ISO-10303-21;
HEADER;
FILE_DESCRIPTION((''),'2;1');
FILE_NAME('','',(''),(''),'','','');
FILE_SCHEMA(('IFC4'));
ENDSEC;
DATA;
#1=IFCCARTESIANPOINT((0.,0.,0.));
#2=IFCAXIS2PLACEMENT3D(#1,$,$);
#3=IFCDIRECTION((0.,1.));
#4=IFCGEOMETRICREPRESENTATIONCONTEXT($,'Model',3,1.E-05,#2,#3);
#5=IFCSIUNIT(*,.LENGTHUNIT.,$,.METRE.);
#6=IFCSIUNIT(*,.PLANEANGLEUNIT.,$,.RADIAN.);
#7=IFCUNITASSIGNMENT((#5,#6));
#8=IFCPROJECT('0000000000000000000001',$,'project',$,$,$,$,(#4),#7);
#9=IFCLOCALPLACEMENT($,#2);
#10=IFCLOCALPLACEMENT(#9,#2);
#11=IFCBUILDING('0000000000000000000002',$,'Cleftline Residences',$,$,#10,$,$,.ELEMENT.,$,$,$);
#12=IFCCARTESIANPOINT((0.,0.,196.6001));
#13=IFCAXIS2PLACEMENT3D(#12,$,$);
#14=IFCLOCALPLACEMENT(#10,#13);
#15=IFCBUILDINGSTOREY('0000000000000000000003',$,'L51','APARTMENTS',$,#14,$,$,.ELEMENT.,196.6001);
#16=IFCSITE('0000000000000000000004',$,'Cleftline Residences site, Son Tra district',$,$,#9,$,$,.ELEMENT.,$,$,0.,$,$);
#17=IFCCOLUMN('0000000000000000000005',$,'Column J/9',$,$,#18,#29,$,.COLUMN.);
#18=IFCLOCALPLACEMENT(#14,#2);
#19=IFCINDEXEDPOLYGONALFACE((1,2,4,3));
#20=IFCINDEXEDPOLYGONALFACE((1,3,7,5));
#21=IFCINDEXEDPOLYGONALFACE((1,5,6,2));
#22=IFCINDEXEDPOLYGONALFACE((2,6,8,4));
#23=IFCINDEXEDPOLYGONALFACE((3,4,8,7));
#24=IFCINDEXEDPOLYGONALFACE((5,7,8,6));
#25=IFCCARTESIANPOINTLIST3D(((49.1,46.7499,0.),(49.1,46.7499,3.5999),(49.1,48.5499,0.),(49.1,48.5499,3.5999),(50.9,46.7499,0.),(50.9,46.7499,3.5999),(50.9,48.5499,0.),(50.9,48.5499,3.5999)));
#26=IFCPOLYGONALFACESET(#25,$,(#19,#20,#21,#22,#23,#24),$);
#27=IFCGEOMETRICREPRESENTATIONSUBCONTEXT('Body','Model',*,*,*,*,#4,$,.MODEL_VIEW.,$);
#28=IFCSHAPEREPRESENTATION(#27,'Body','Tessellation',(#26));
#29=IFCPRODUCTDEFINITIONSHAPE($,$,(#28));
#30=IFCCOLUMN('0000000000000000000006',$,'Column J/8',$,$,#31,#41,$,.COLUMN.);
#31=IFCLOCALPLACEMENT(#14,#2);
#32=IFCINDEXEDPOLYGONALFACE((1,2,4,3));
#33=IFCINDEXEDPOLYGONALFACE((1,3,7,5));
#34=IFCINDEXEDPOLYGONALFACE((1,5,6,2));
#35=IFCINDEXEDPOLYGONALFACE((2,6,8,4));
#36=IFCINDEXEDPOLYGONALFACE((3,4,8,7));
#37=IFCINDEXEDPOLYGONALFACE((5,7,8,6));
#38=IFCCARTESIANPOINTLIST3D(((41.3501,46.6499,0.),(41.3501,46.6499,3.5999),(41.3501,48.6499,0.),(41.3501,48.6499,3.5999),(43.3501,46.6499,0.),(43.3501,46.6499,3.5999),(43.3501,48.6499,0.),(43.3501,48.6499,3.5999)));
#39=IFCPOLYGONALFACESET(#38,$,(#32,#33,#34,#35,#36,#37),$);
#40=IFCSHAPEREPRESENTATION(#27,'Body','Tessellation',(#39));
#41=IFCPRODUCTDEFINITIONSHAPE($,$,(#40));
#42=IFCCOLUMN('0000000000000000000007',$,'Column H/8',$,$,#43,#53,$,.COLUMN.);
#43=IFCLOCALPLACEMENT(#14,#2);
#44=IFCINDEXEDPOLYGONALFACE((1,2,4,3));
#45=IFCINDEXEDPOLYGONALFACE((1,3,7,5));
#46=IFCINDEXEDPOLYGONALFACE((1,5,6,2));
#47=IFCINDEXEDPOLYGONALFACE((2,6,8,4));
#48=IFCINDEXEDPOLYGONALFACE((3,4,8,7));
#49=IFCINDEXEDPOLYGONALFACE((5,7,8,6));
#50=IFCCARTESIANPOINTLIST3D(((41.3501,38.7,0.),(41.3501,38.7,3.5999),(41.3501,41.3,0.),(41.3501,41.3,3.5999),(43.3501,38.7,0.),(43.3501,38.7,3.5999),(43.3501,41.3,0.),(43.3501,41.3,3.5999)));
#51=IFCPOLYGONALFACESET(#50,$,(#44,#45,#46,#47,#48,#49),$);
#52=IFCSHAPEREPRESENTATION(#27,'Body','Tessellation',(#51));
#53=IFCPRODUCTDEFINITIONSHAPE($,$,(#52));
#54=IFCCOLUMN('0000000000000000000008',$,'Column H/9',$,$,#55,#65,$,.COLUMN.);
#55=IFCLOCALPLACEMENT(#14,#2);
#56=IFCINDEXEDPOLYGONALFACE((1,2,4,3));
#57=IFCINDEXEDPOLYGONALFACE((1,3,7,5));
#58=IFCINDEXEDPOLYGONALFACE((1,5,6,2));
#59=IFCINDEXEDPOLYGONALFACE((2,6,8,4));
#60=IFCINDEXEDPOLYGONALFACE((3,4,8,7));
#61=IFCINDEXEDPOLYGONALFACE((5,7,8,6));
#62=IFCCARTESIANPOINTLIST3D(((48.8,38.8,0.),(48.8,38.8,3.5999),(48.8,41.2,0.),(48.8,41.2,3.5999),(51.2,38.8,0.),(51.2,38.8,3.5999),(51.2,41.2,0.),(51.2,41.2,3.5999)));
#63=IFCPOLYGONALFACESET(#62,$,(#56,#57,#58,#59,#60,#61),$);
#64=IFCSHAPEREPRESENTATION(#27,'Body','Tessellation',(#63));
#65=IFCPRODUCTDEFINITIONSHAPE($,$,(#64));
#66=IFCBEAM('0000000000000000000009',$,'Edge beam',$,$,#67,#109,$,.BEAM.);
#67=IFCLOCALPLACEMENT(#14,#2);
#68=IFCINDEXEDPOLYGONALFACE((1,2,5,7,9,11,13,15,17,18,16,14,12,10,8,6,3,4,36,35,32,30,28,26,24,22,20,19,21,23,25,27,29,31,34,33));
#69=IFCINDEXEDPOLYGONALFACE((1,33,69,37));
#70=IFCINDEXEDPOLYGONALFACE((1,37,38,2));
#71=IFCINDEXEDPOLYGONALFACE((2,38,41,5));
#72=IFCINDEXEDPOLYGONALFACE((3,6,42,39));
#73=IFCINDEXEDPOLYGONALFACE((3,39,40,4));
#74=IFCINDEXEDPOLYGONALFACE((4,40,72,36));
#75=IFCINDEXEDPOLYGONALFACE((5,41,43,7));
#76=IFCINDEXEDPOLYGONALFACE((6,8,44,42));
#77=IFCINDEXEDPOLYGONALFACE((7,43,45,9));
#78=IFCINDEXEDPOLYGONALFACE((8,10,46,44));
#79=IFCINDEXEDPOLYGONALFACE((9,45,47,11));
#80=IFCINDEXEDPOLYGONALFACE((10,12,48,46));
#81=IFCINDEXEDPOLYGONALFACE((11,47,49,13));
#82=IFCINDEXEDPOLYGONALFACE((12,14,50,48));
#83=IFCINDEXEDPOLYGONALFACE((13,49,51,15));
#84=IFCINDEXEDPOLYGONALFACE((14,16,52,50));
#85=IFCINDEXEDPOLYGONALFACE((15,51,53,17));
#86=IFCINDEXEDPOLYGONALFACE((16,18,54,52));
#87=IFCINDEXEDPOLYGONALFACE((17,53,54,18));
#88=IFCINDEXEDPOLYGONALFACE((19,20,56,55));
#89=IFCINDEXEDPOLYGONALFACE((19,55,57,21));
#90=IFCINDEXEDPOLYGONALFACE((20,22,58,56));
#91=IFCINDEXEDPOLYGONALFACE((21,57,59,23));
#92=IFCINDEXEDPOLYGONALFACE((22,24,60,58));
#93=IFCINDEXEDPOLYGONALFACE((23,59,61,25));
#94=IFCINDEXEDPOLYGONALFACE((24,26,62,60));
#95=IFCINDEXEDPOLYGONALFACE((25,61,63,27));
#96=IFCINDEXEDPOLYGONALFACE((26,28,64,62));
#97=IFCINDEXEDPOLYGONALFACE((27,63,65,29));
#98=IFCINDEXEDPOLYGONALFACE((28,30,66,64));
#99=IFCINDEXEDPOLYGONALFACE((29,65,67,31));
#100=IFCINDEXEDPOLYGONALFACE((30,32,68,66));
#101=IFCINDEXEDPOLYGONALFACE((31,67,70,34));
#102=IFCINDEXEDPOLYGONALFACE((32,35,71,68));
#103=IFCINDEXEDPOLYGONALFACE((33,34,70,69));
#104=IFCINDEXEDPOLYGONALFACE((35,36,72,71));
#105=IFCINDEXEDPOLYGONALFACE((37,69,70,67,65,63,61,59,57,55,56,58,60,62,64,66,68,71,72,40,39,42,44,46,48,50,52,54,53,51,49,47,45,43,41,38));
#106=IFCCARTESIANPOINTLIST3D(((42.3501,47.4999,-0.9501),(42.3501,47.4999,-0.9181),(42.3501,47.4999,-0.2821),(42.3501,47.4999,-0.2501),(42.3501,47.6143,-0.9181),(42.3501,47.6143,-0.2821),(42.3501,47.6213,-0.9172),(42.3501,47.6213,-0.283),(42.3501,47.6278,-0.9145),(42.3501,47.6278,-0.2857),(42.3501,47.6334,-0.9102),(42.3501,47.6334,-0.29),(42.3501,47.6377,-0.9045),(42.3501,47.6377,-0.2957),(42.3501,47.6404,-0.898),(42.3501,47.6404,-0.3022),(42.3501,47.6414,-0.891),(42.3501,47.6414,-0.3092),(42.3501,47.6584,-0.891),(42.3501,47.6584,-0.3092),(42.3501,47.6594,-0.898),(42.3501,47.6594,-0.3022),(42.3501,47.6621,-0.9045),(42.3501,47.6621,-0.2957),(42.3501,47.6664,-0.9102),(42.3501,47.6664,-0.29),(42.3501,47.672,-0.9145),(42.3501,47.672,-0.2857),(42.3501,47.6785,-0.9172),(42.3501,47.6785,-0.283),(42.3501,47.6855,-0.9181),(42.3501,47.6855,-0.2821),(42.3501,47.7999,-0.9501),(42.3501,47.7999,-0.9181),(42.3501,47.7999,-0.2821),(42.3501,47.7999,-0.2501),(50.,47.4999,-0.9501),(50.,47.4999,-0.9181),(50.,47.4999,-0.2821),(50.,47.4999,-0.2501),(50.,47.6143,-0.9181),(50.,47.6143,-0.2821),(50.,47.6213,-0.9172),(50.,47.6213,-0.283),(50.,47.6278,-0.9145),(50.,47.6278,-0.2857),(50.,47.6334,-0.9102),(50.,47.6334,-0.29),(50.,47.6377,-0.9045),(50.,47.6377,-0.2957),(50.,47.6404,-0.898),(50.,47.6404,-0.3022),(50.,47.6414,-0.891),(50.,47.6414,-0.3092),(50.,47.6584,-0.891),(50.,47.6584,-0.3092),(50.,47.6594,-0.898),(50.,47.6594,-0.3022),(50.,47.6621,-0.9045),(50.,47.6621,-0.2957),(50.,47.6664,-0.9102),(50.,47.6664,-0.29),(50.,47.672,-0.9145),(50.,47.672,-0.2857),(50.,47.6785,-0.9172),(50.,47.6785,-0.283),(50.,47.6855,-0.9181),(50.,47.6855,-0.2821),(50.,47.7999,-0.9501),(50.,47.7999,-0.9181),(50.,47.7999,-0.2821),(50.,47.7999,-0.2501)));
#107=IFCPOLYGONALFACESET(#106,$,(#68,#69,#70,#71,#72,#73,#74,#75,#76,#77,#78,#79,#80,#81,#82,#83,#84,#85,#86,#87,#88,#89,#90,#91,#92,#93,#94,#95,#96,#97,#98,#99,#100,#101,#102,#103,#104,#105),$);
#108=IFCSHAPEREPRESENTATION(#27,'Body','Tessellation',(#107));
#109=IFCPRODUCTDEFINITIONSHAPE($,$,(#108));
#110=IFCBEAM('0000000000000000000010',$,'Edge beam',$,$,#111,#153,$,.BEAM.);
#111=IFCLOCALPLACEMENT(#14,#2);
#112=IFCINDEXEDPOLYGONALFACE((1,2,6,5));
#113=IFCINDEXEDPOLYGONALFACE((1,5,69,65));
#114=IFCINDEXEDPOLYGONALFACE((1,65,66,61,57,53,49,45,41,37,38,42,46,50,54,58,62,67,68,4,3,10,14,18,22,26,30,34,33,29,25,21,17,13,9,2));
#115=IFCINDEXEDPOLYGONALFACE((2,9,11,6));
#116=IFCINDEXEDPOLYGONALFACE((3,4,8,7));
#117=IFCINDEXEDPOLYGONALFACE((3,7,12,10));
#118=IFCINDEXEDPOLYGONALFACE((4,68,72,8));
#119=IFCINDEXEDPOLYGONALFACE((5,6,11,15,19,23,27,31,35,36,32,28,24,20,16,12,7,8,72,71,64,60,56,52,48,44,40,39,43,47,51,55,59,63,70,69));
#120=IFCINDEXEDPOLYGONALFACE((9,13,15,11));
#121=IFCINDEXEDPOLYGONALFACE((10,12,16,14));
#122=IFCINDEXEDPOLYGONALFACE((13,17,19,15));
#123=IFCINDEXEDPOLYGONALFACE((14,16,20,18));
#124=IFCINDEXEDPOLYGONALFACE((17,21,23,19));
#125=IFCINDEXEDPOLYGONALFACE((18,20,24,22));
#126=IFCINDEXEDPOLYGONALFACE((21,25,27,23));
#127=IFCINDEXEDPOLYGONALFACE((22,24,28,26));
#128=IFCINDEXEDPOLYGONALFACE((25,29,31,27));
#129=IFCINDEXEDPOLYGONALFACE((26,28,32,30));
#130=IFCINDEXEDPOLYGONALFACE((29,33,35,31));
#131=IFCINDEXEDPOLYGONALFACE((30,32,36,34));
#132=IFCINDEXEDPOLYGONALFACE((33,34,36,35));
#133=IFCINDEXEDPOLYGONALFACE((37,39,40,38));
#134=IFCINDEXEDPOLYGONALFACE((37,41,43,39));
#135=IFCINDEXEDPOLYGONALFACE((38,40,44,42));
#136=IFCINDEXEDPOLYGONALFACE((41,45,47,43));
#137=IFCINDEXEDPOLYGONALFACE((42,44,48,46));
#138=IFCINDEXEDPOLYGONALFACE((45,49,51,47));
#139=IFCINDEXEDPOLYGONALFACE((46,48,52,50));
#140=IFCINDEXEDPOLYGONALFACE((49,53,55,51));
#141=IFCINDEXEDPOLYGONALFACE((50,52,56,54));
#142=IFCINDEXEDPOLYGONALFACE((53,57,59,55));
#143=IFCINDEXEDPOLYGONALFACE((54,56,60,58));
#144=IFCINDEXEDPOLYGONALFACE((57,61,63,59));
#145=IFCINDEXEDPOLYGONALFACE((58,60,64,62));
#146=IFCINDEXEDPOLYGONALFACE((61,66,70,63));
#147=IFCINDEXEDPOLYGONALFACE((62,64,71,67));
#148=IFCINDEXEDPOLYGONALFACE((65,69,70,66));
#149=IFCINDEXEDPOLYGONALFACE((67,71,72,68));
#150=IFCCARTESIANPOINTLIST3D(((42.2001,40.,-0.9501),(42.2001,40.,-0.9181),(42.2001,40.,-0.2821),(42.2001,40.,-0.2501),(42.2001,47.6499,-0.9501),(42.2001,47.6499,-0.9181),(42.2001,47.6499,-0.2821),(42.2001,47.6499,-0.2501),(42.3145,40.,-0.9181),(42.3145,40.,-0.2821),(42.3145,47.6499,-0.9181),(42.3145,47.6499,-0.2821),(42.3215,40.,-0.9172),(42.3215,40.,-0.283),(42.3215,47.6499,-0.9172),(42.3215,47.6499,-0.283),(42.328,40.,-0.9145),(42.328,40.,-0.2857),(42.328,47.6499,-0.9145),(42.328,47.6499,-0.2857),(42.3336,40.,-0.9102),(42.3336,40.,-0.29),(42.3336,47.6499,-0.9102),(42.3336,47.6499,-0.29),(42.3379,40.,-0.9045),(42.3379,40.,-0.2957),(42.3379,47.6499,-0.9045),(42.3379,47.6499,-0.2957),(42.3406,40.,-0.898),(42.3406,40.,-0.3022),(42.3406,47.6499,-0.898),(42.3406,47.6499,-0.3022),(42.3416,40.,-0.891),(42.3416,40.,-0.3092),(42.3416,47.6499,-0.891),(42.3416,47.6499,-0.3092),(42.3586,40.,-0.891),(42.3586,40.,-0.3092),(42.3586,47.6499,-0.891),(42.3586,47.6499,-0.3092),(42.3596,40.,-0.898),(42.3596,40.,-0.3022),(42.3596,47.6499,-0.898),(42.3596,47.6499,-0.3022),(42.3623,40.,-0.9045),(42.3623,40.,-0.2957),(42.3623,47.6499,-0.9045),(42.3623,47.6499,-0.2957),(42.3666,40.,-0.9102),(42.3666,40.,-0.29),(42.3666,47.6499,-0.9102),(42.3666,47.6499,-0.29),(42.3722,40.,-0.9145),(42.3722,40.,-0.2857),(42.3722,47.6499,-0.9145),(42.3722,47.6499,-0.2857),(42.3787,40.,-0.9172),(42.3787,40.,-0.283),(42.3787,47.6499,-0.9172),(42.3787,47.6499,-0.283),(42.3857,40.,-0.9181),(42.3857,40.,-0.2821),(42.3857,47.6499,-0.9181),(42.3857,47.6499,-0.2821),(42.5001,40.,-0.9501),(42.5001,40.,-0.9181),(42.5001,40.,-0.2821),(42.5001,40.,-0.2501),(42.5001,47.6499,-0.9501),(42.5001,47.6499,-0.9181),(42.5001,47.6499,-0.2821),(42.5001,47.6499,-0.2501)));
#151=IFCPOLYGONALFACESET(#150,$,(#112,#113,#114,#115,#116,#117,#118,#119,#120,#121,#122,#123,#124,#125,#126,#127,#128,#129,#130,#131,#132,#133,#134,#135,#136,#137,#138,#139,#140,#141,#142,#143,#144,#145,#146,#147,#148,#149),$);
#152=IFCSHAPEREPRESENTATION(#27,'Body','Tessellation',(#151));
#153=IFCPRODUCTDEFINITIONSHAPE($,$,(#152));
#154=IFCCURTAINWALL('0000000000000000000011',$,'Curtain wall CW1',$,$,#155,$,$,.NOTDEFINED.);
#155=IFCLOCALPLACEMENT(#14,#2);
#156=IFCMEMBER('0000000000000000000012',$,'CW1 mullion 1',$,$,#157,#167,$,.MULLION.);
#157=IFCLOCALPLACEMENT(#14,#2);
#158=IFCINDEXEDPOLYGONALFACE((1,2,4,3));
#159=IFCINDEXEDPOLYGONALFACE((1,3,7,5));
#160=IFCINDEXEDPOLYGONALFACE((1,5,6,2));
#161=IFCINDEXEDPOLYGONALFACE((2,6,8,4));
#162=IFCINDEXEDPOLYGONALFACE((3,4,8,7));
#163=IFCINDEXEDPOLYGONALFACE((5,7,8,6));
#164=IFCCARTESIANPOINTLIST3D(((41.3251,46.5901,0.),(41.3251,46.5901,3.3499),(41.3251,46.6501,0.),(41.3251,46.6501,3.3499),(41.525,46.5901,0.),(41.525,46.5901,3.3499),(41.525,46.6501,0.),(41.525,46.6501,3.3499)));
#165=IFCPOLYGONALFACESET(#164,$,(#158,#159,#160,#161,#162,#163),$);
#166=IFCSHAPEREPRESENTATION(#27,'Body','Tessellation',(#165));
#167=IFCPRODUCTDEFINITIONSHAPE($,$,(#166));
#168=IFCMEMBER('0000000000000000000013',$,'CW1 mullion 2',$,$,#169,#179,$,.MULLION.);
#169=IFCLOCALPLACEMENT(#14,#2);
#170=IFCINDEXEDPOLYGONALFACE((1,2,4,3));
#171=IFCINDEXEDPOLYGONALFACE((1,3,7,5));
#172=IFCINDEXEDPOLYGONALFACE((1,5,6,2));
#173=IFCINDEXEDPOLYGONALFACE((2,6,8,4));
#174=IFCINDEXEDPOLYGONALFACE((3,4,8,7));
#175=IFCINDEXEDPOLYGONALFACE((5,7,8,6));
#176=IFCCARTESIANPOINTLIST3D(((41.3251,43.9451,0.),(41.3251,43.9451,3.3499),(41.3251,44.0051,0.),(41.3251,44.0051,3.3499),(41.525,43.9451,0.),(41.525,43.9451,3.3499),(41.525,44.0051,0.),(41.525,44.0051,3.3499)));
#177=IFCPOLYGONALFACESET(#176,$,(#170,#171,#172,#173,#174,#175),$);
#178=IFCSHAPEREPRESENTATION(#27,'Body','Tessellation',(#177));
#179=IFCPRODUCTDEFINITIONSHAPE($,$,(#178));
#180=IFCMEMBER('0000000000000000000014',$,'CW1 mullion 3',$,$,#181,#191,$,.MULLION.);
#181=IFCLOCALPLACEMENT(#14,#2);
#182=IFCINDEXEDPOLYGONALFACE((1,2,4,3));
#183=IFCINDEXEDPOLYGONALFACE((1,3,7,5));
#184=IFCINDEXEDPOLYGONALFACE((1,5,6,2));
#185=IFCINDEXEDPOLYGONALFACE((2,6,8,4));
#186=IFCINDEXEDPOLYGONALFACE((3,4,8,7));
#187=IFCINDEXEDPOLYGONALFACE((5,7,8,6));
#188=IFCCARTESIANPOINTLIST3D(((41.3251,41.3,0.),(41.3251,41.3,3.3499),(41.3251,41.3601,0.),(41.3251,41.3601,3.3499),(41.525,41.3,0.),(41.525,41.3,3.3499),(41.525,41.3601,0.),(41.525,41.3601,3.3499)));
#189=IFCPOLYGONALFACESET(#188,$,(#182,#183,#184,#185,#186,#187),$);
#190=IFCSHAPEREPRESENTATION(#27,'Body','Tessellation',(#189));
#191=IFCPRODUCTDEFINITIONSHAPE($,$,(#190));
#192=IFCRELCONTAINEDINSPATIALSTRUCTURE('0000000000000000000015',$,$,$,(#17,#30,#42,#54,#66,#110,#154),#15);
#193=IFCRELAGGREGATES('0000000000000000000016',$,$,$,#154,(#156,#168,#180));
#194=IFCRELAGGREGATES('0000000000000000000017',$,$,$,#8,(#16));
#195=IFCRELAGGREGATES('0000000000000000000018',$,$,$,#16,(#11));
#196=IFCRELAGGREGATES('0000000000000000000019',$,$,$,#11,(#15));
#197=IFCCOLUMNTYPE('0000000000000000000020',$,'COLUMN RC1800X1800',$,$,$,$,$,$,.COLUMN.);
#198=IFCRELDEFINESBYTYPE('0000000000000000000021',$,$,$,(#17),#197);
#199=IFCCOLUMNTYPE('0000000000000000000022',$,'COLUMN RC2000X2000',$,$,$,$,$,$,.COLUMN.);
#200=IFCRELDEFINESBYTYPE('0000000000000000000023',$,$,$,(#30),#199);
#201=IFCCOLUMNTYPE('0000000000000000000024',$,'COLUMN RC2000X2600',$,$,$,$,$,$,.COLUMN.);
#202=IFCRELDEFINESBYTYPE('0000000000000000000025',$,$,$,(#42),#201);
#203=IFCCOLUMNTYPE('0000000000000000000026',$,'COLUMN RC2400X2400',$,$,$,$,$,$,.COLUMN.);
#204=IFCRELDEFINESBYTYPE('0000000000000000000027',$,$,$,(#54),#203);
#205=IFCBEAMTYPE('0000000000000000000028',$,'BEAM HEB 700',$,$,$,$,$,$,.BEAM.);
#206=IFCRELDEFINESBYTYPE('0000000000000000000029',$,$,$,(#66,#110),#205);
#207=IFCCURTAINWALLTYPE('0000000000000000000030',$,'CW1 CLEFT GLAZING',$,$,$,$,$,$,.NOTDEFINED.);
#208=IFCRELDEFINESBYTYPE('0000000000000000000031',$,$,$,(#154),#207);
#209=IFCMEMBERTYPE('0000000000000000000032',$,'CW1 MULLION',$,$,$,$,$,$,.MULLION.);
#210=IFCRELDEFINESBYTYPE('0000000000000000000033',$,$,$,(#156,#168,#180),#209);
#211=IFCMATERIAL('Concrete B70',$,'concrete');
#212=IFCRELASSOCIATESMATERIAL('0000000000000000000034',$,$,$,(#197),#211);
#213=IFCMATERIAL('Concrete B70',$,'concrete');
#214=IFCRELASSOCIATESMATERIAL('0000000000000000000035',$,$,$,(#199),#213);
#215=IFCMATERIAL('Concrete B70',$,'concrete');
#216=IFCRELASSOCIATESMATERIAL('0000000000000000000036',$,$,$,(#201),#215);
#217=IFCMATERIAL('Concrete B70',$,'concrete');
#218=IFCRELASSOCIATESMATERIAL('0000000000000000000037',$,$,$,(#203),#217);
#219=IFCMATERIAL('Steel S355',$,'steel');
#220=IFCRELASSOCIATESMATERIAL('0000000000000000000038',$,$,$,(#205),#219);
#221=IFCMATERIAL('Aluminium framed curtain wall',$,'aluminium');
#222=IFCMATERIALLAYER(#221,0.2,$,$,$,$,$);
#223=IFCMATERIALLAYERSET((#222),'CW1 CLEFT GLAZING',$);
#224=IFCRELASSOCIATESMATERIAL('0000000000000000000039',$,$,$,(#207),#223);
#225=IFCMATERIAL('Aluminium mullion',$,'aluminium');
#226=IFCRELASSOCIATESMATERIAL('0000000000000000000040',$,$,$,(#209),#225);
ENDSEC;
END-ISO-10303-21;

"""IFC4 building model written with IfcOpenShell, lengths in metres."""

from ifc_helpers import new_model, si_unit, direction, frame, origin, origin_2d, place, context, subcontext, project, spatial, rectangle, i_section, extrude, material, layer, layer_set, material_profile, profile_set, type_object, element, aggregate, save


model = new_model("IFC4")

# Units and contexts
model_context = context("Model", 3, precision=1e-05, world=origin(), true_north=direction((0.0, 1.0)))
body_context = subcontext(model_context, "Body", "Model", "MODEL_VIEW")
ifc_project = project(units=[si_unit("LENGTHUNIT", "METRE"), si_unit("PLANEANGLEUNIT", "RADIAN")], contexts=[model_context])

# Site, building, storey
site_placement = place(None, origin())
site = spatial("IfcSite", under=ifc_project, at=site_placement, Name="Cleftline Residences site, Son Tra district", CompositionType="ELEMENT", RefElevation=0.0)
building_placement = place(site_placement, origin())
building = spatial("IfcBuilding", under=site, at=building_placement, Name="Cleftline Residences", CompositionType="ELEMENT")
storey_placement = place(building_placement, frame((0.0, 0.0, 196.6001)))
storey = spatial("IfcBuildingStorey", under=building, at=storey_placement, Name="L51", Description="APARTMENTS", CompositionType="ELEMENT", Elevation=196.6001)

# Columns
ifc_material_1 = material(Name="Concrete B70", Category="concrete")
ifc_material_profile_1 = material_profile(ifc_material_1, rectangle(XDim=1.8, YDim=1.8, at=origin_2d()))
ifc_profile_set_1 = profile_set([ifc_material_profile_1], Name="Concrete B70")
column_type_1 = type_object("IfcColumnType", Name="COLUMN RC1800X1800", PredefinedType="COLUMN", material=ifc_profile_set_1)
column_1_placement = place(storey_placement, frame((50.0, 47.6499, 0.0), z_axis=(0.0, 0.0, 1.0), x_axis=(1.0, 0.0, 0.0)))
element("IfcColumn", 1, at=column_1_placement, inside=storey, type_object=column_type_1, Name="Column J/9", PredefinedType="COLUMN", context=body_context, shape_type="SweptSolid", body=[
    extrude(rectangle(XDim=1.8, YDim=1.8, at=origin_2d()), origin(), (0.0, 0.0, 1.0), 3.5999),
])
ifc_material_2 = material(Name="Concrete B70", Category="concrete")
ifc_material_profile_2 = material_profile(ifc_material_2, rectangle(XDim=2.0, YDim=2.0, at=origin_2d()))
ifc_profile_set_2 = profile_set([ifc_material_profile_2], Name="Concrete B70")
column_type_2 = type_object("IfcColumnType", Name="COLUMN RC2000X2000", PredefinedType="COLUMN", material=ifc_profile_set_2)
column_2_placement = place(storey_placement, frame((42.3501, 47.6499, 0.0), z_axis=(0.0, 0.0, 1.0), x_axis=(1.0, 0.0, 0.0)))
element("IfcColumn", 2, at=column_2_placement, inside=storey, type_object=column_type_2, Name="Column J/8", PredefinedType="COLUMN", context=body_context, shape_type="SweptSolid", body=[
    extrude(rectangle(XDim=2.0, YDim=2.0, at=origin_2d()), origin(), (0.0, 0.0, 1.0), 3.5999),
])
ifc_material_3 = material(Name="Concrete B70", Category="concrete")
ifc_material_profile_3 = material_profile(ifc_material_3, rectangle(XDim=2.0, YDim=2.6001, at=origin_2d()))
ifc_profile_set_3 = profile_set([ifc_material_profile_3], Name="Concrete B70")
column_type_3 = type_object("IfcColumnType", Name="COLUMN RC2000X2600", PredefinedType="COLUMN", material=ifc_profile_set_3)
column_3_placement = place(storey_placement, frame((42.3501, 40.0, 0.0), z_axis=(0.0, 0.0, 1.0), x_axis=(1.0, 0.0, 0.0)))
element("IfcColumn", 3, at=column_3_placement, inside=storey, type_object=column_type_3, Name="Column H/8", PredefinedType="COLUMN", context=body_context, shape_type="SweptSolid", body=[
    extrude(rectangle(XDim=2.0, YDim=2.6001, at=origin_2d()), origin(), (0.0, 0.0, 1.0), 3.5999),
])
ifc_material_4 = material(Name="Concrete B70", Category="concrete")
ifc_material_profile_4 = material_profile(ifc_material_4, rectangle(XDim=2.3999, YDim=2.3999, at=origin_2d()))
ifc_profile_set_4 = profile_set([ifc_material_profile_4], Name="Concrete B70")
column_type_4 = type_object("IfcColumnType", Name="COLUMN RC2400X2400", PredefinedType="COLUMN", material=ifc_profile_set_4)
column_4_placement = place(storey_placement, frame((50.0, 40.0, 0.0), z_axis=(0.0, 0.0, 1.0), x_axis=(1.0, 0.0, 0.0)))
element("IfcColumn", 4, at=column_4_placement, inside=storey, type_object=column_type_4, Name="Column H/9", PredefinedType="COLUMN", context=body_context, shape_type="SweptSolid", body=[
    extrude(rectangle(XDim=2.3999, YDim=2.3999, at=origin_2d()), origin(), (0.0, 0.0, 1.0), 3.5999),
])

# Beams
ifc_material_5 = material(Name="Steel S355", Category="steel")
ifc_material_profile_5 = material_profile(ifc_material_5, i_section(OverallWidth=0.3, OverallDepth=0.7, WebThickness=0.0171, FlangeThickness=0.032, FilletRadius=0.0271, at=origin_2d()))
ifc_profile_set_5 = profile_set([ifc_material_profile_5], Name="Steel S355")
beam_type = type_object("IfcBeamType", Name="BEAM HEB 700", PredefinedType="BEAM", material=ifc_profile_set_5)
for number, where, z_axis, x_axis, name in (
    (5, (50.0, 47.6499, -0.6001), (-1.0, 0.0, 0.0), (0.0, -1.0, 0.0), "Edge beam"),
    (6, (42.3501, 47.6499, -0.6001), (0.0, -1.0, 0.0), (1.0, 0.0, 0.0), "Edge beam"),
):
    element("IfcBeam", number, at=place(storey_placement, frame(where, z_axis=z_axis, x_axis=x_axis)), inside=storey, type_object=beam_type, Name=name, PredefinedType="BEAM", context=body_context, shape_type="SweptSolid", body=[
        extrude(i_section(OverallWidth=0.3, OverallDepth=0.7, WebThickness=0.0171, FlangeThickness=0.032, FilletRadius=0.0271, at=origin_2d()), origin(), (0.0, 0.0, 1.0), 7.6499),
    ])

# Curtain wall, members
ifc_material_6 = material(Name="Aluminium framed curtain wall", Category="aluminium")
ifc_layer_1 = layer(ifc_material_6, 0.2)
ifc_layer_set_1 = layer_set([ifc_layer_1], Name="CW1 CLEFT GLAZING")
curtain_wall_type = type_object("IfcCurtainWallType", Name="CW1 CLEFT GLAZING", PredefinedType="NOTDEFINED", material=ifc_layer_set_1)
curtain_wall_1_placement = place(storey_placement, origin())
curtain_wall_1 = element("IfcCurtainWall", 7, at=curtain_wall_1_placement, inside=storey, type_object=curtain_wall_type, Name="Curtain wall CW1", PredefinedType="NOTDEFINED")
ifc_material_7 = material(Name="Aluminium mullion", Category="aluminium")
ifc_material_profile_6 = material_profile(ifc_material_7, rectangle(XDim=0.2, YDim=0.0601, at=origin_2d()))
ifc_profile_set_6 = profile_set([ifc_material_profile_6], Name="Aluminium mullion")
member_type_1 = type_object("IfcMemberType", Name="CW1 MULLION", PredefinedType="MULLION", material=ifc_profile_set_6)
member_1_placement = place(storey_placement, frame((41.425, 46.6201, 0.0), z_axis=(0.0, 0.0, 1.0), x_axis=(1.0, 0.0, 0.0)))
member_1 = element("IfcMember", 8, at=member_1_placement, type_object=member_type_1, Name="CW1 mullion 1", PredefinedType="MULLION", context=body_context, shape_type="SweptSolid", body=[
    extrude(rectangle(XDim=0.2, YDim=0.0601, at=origin_2d()), origin(), (0.0, 0.0, 1.0), 3.3499),
])
member_2_placement = place(storey_placement, frame((41.425, 43.9751, 0.0), z_axis=(0.0, 0.0, 1.0), x_axis=(1.0, 0.0, 0.0)))
member_2 = element("IfcMember", 9, at=member_2_placement, type_object=member_type_1, Name="CW1 mullion 2", PredefinedType="MULLION", context=body_context, shape_type="SweptSolid", body=[
    extrude(rectangle(XDim=0.2, YDim=0.0601, at=origin_2d()), origin(), (0.0, 0.0, 1.0), 3.3499),
])
member_3_placement = place(storey_placement, frame((41.425, 41.3301, 0.0), z_axis=(0.0, 0.0, 1.0), x_axis=(1.0, 0.0, 0.0)))
member_3 = element("IfcMember", 10, at=member_3_placement, type_object=member_type_1, Name="CW1 mullion 3", PredefinedType="MULLION", context=body_context, shape_type="SweptSolid", body=[
    extrude(rectangle(XDim=0.2, YDim=0.0601, at=origin_2d()), origin(), (0.0, 0.0, 1.0), 3.3499),
])

aggregate(curtain_wall_1, [member_1, member_2, member_3])

save(model, "model.ifc")
